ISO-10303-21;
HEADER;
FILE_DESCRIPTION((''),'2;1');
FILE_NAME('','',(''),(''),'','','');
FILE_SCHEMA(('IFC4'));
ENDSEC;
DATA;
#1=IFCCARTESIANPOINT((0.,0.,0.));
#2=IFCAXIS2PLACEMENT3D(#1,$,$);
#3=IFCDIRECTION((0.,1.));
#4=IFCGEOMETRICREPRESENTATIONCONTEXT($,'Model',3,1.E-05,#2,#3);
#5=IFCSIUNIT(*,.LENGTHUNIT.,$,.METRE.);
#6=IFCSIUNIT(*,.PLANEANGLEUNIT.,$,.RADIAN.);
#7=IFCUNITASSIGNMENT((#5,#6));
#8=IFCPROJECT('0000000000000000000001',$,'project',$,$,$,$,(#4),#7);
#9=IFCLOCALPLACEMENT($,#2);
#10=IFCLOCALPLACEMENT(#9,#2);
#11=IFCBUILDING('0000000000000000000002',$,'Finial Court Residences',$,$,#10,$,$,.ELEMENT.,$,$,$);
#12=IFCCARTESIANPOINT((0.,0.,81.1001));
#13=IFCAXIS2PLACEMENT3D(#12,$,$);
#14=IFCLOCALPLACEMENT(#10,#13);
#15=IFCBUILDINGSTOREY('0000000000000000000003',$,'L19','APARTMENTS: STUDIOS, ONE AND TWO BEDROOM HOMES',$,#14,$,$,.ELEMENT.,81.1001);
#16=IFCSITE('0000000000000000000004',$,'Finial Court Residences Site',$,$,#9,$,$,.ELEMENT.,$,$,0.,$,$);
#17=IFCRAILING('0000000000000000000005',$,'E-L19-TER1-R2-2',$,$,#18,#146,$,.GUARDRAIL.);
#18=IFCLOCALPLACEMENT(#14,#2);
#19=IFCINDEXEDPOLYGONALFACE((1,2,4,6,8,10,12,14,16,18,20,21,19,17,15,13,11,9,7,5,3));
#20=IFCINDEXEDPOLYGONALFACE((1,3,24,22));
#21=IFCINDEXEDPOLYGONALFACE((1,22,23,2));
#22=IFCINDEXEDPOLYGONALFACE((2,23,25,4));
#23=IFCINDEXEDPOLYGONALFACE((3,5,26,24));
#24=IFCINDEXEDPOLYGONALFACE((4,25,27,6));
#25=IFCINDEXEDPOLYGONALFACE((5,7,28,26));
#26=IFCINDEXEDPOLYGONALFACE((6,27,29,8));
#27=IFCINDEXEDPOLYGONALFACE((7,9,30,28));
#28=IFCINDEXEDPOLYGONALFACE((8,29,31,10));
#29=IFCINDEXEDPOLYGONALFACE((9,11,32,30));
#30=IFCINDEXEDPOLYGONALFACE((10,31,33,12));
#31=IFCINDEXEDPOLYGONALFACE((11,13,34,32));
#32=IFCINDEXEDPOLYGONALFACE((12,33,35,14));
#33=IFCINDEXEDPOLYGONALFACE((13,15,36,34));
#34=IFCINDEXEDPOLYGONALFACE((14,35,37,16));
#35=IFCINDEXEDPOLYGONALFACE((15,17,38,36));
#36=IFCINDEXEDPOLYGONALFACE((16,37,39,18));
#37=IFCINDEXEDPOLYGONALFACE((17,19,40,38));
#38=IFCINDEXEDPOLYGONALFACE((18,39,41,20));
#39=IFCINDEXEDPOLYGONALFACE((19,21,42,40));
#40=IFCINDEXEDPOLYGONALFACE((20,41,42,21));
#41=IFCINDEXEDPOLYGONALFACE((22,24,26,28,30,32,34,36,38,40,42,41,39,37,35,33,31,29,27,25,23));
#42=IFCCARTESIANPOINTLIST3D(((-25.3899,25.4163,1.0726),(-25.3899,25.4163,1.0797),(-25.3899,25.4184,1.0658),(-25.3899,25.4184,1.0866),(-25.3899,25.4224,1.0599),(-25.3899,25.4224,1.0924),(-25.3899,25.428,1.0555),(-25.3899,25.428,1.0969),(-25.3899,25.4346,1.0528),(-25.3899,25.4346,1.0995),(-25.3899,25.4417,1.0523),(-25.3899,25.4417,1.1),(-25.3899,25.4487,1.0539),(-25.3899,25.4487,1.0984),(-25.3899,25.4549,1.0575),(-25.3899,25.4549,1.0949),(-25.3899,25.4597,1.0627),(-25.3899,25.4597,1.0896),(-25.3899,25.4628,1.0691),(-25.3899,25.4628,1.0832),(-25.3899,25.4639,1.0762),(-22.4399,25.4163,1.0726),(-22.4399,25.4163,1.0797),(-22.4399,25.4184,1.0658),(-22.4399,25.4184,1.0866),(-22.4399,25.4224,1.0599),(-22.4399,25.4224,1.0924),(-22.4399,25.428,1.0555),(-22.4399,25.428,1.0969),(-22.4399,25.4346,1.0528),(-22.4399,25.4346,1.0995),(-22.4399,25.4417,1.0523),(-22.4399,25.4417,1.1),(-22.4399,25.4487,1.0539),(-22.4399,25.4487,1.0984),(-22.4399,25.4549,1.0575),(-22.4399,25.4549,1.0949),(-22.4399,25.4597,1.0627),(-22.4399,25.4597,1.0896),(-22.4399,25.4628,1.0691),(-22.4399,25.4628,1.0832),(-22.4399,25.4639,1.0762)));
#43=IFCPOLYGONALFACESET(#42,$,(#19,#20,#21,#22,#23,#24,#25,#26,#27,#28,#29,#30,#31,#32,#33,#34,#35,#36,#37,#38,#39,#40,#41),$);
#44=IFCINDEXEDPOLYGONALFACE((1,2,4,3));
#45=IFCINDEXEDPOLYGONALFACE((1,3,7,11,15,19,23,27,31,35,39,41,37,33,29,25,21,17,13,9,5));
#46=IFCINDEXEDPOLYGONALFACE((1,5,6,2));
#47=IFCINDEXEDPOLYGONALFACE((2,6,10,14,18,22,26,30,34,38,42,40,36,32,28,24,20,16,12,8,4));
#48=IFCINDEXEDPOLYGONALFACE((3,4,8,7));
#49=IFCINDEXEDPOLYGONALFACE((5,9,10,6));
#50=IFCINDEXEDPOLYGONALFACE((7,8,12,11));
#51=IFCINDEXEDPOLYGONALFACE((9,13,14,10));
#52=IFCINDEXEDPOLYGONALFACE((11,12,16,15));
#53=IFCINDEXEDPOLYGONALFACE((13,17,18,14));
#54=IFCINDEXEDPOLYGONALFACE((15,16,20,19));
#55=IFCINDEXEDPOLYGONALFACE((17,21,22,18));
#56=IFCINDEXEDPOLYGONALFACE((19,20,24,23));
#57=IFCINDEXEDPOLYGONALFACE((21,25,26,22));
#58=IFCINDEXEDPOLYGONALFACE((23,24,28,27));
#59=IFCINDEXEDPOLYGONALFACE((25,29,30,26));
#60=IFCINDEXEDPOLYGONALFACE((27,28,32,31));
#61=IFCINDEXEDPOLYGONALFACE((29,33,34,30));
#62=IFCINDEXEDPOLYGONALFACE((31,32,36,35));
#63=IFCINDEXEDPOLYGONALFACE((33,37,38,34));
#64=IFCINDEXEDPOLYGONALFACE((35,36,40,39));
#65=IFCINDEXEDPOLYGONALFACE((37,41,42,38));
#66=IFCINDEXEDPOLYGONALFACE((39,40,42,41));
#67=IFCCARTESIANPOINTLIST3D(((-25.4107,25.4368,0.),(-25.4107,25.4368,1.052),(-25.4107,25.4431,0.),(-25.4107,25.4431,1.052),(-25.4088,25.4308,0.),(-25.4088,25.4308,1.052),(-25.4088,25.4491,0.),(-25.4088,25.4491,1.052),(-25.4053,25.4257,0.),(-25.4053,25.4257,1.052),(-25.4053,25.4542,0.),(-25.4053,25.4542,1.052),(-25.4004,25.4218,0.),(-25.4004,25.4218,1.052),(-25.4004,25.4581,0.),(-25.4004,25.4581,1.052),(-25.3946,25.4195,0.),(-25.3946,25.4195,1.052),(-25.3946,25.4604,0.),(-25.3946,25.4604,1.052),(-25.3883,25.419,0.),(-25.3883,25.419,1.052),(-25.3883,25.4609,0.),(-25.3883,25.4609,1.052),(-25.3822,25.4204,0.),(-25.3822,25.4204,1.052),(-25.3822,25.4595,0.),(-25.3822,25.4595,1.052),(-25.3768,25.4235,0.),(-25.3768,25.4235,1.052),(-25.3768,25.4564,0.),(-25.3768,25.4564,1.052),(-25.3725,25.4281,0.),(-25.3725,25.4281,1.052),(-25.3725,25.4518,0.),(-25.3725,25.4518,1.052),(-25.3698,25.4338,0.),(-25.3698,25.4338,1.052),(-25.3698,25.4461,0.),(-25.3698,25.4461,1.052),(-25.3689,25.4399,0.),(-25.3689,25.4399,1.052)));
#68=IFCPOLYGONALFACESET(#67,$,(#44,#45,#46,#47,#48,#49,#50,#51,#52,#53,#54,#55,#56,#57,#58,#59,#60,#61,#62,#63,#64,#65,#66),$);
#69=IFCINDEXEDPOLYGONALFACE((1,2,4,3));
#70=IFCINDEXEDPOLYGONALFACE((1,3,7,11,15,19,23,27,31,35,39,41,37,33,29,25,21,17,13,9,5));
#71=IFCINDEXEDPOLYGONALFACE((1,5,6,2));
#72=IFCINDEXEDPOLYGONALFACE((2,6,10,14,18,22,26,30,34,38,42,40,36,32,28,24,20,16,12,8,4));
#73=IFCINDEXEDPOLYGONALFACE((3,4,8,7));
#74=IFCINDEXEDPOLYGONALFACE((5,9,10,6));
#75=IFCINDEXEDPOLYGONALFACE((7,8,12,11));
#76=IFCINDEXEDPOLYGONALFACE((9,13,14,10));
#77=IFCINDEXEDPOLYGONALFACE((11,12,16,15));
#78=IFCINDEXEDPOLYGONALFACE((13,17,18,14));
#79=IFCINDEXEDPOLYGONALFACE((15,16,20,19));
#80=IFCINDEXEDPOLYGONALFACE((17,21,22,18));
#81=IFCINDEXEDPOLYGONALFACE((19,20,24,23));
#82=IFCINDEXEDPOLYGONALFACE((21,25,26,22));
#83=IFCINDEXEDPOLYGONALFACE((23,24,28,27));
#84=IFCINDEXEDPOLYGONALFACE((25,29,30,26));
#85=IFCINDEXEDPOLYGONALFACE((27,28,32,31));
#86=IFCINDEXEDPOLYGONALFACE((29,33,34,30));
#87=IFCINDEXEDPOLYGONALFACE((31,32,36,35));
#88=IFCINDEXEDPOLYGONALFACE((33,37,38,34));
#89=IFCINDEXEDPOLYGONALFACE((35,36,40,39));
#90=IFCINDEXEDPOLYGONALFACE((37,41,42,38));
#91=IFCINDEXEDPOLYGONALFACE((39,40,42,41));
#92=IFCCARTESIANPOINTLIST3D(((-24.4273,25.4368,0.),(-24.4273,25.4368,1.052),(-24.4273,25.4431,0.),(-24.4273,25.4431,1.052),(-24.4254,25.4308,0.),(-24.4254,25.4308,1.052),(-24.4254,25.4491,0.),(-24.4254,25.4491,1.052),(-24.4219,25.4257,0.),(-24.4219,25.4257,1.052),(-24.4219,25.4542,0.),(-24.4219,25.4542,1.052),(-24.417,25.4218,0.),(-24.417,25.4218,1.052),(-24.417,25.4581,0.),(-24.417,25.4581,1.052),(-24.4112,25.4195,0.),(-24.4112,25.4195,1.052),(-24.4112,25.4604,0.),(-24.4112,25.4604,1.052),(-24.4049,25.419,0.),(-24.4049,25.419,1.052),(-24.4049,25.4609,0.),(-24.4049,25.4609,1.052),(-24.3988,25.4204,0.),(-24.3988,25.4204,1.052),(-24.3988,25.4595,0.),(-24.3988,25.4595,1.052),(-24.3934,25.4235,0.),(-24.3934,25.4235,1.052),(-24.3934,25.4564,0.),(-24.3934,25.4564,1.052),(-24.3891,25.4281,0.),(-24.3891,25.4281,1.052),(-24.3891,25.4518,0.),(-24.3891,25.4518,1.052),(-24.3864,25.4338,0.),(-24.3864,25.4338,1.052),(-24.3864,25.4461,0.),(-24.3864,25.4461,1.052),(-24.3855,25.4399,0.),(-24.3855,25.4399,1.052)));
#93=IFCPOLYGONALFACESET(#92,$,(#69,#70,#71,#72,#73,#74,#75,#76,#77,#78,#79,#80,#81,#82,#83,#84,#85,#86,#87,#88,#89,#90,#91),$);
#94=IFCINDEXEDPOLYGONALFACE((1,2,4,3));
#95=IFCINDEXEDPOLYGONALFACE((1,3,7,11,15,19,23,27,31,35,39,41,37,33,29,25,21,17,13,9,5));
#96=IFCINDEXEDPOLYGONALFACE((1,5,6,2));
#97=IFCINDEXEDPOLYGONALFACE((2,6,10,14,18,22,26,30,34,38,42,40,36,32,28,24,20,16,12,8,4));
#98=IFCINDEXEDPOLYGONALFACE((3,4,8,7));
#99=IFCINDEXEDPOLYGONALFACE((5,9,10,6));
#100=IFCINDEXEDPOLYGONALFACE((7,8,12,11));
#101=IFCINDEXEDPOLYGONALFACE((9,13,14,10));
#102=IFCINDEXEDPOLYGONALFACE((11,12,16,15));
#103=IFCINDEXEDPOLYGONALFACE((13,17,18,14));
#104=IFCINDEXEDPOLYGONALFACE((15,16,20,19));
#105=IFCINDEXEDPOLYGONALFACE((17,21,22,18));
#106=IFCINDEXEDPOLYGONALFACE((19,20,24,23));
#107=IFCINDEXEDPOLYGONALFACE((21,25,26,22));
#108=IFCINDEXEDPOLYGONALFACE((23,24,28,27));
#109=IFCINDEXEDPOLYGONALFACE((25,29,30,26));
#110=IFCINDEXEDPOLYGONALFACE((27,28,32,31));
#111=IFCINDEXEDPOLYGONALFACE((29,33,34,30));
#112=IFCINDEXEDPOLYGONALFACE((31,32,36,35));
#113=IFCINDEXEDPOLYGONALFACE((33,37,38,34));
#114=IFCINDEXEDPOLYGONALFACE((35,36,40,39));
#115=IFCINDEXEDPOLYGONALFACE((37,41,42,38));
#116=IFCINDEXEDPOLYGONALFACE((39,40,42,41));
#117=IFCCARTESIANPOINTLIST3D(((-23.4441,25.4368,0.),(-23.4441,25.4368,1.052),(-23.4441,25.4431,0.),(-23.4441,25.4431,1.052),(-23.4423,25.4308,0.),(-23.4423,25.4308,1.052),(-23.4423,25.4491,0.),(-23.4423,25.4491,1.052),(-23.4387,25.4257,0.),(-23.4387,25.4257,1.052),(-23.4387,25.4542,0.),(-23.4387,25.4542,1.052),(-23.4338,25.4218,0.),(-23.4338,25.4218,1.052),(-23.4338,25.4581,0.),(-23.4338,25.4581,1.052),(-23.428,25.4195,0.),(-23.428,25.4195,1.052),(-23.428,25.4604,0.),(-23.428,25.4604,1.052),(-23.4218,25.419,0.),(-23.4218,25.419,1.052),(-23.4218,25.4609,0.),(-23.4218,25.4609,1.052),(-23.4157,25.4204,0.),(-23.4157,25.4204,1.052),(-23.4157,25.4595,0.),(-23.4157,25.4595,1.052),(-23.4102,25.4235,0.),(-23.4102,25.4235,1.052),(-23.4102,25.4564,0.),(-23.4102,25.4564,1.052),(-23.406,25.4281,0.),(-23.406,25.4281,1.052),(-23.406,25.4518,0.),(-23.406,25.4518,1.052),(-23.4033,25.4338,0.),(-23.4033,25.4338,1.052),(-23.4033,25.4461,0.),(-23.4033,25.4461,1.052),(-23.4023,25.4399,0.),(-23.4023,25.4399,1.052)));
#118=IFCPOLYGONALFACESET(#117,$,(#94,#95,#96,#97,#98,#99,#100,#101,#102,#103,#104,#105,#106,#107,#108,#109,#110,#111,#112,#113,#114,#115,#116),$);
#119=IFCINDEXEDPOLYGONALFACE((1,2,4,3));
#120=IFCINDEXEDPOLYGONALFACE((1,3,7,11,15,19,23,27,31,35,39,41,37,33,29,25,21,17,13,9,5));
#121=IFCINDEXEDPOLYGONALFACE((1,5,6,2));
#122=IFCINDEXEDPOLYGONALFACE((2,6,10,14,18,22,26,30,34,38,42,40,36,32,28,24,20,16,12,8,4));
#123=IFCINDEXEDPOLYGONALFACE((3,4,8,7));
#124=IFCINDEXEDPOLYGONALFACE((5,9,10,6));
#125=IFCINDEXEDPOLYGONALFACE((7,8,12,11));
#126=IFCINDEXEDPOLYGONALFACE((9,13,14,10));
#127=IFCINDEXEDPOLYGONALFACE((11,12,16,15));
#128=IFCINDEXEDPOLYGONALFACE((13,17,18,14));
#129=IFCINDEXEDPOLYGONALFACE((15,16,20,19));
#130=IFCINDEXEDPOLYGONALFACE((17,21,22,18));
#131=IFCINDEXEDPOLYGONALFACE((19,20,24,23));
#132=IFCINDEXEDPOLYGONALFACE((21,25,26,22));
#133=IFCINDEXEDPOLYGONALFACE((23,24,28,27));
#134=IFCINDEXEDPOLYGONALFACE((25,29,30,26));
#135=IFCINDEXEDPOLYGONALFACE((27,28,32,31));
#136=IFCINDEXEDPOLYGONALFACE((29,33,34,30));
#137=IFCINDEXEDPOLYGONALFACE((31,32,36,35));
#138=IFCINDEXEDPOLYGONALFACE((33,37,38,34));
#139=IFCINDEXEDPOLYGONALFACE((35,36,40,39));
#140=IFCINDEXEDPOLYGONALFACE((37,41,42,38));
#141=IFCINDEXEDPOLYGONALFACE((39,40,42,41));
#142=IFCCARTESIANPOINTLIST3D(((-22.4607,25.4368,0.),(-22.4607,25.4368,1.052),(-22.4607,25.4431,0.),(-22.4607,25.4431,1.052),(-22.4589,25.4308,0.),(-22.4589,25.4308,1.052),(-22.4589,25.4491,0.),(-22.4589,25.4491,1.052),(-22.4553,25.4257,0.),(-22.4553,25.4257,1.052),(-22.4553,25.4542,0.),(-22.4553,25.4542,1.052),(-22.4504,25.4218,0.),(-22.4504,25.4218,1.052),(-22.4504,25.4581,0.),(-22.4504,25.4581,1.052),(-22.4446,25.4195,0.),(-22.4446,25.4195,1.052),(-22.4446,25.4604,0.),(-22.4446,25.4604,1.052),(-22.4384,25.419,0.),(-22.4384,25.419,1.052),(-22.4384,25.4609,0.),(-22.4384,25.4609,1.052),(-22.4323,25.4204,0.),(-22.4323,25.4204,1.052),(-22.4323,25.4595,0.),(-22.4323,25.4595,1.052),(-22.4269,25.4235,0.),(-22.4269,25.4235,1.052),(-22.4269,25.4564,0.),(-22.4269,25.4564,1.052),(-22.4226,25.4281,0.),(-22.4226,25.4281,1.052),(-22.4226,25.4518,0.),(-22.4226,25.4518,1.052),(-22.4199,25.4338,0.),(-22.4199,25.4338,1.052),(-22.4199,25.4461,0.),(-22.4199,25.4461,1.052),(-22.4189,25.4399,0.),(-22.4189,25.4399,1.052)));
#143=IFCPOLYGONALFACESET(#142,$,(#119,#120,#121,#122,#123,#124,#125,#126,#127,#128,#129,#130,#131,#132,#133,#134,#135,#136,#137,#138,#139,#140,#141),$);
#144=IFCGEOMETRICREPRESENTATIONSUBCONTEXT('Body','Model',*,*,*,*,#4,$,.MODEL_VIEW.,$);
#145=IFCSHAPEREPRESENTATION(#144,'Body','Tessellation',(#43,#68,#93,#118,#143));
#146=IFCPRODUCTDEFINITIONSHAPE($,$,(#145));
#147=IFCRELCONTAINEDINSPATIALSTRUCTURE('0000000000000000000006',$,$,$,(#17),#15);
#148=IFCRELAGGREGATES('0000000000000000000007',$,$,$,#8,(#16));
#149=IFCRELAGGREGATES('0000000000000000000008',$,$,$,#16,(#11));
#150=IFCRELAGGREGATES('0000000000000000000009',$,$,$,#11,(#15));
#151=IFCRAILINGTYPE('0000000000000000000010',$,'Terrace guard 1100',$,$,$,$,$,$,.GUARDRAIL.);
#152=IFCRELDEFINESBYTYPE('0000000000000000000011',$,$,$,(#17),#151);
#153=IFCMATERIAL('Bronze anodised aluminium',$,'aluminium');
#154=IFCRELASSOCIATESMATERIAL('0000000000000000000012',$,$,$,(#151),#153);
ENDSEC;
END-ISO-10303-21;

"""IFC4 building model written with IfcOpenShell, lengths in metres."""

from ifc_helpers import new_model, si_unit, direction, frame, origin, origin_2d, place, context, subcontext, project, spatial, circle, extrude, material, type_object, element, save


model = new_model("IFC4")

# Units and contexts
model_context = context("Model", 3, precision=1e-05, world=origin(), true_north=direction((0.0, 1.0)))
body_context = subcontext(model_context, "Body", "Model", "MODEL_VIEW")
ifc_project = project(units=[si_unit("LENGTHUNIT", "METRE"), si_unit("PLANEANGLEUNIT", "RADIAN")], contexts=[model_context])

# Site, building, storey
site_placement = place(None, origin())
site = spatial("IfcSite", under=ifc_project, at=site_placement, Name="Finial Court Residences Site", CompositionType="ELEMENT", RefElevation=0.0)
building_placement = place(site_placement, origin())
building = spatial("IfcBuilding", under=site, at=building_placement, Name="Finial Court Residences", CompositionType="ELEMENT")
storey_placement = place(building_placement, frame((0.0, 0.0, 81.1001)))
storey = spatial("IfcBuildingStorey", under=building, at=storey_placement, Name="L19", Description="APARTMENTS: STUDIOS, ONE AND TWO BEDROOM HOMES", CompositionType="ELEMENT", Elevation=81.1001)

# Shared definitions
ifc_material_1 = material(Name="Bronze anodised aluminium", Category="aluminium")

# Railing
railing_type_1 = type_object("IfcRailingType", Name="Terrace guard 1100", PredefinedType="GUARDRAIL", material=ifc_material_1)
railing_1_placement = place(storey_placement, frame((-25.3899, 25.4399, 0.0)))
element("IfcRailing", 1, at=railing_1_placement, inside=storey, type_object=railing_type_1, Name="E-L19-TER1-R2-2", PredefinedType="GUARDRAIL", context=body_context, shape_type="SweptSolid", body=[
    extrude(circle(Radius=0.0239, at=origin_2d()), frame((0.0, 0.0, 1.0762), z_axis=(1.0, 0.0, 0.0), x_axis=(0.0, 1.0, 0.0)), (0.0, 0.0, 1.0), 2.95),
    extrude(circle(Radius=0.021, at=origin_2d()), origin(), (0.0, 0.0, 1.0), 1.052),
    extrude(circle(Radius=0.021, at=origin_2d()), frame((0.9834, 0.0, 0.0)), (0.0, 0.0, 1.0), 1.052),
    extrude(circle(Radius=0.021, at=origin_2d()), frame((1.9666, 0.0, 0.0)), (0.0, 0.0, 1.0), 1.052),
    extrude(circle(Radius=0.021, at=origin_2d()), frame((2.95, 0.0, 0.0)), (0.0, 0.0, 1.0), 1.052),
])

save(model, "model.ifc")
